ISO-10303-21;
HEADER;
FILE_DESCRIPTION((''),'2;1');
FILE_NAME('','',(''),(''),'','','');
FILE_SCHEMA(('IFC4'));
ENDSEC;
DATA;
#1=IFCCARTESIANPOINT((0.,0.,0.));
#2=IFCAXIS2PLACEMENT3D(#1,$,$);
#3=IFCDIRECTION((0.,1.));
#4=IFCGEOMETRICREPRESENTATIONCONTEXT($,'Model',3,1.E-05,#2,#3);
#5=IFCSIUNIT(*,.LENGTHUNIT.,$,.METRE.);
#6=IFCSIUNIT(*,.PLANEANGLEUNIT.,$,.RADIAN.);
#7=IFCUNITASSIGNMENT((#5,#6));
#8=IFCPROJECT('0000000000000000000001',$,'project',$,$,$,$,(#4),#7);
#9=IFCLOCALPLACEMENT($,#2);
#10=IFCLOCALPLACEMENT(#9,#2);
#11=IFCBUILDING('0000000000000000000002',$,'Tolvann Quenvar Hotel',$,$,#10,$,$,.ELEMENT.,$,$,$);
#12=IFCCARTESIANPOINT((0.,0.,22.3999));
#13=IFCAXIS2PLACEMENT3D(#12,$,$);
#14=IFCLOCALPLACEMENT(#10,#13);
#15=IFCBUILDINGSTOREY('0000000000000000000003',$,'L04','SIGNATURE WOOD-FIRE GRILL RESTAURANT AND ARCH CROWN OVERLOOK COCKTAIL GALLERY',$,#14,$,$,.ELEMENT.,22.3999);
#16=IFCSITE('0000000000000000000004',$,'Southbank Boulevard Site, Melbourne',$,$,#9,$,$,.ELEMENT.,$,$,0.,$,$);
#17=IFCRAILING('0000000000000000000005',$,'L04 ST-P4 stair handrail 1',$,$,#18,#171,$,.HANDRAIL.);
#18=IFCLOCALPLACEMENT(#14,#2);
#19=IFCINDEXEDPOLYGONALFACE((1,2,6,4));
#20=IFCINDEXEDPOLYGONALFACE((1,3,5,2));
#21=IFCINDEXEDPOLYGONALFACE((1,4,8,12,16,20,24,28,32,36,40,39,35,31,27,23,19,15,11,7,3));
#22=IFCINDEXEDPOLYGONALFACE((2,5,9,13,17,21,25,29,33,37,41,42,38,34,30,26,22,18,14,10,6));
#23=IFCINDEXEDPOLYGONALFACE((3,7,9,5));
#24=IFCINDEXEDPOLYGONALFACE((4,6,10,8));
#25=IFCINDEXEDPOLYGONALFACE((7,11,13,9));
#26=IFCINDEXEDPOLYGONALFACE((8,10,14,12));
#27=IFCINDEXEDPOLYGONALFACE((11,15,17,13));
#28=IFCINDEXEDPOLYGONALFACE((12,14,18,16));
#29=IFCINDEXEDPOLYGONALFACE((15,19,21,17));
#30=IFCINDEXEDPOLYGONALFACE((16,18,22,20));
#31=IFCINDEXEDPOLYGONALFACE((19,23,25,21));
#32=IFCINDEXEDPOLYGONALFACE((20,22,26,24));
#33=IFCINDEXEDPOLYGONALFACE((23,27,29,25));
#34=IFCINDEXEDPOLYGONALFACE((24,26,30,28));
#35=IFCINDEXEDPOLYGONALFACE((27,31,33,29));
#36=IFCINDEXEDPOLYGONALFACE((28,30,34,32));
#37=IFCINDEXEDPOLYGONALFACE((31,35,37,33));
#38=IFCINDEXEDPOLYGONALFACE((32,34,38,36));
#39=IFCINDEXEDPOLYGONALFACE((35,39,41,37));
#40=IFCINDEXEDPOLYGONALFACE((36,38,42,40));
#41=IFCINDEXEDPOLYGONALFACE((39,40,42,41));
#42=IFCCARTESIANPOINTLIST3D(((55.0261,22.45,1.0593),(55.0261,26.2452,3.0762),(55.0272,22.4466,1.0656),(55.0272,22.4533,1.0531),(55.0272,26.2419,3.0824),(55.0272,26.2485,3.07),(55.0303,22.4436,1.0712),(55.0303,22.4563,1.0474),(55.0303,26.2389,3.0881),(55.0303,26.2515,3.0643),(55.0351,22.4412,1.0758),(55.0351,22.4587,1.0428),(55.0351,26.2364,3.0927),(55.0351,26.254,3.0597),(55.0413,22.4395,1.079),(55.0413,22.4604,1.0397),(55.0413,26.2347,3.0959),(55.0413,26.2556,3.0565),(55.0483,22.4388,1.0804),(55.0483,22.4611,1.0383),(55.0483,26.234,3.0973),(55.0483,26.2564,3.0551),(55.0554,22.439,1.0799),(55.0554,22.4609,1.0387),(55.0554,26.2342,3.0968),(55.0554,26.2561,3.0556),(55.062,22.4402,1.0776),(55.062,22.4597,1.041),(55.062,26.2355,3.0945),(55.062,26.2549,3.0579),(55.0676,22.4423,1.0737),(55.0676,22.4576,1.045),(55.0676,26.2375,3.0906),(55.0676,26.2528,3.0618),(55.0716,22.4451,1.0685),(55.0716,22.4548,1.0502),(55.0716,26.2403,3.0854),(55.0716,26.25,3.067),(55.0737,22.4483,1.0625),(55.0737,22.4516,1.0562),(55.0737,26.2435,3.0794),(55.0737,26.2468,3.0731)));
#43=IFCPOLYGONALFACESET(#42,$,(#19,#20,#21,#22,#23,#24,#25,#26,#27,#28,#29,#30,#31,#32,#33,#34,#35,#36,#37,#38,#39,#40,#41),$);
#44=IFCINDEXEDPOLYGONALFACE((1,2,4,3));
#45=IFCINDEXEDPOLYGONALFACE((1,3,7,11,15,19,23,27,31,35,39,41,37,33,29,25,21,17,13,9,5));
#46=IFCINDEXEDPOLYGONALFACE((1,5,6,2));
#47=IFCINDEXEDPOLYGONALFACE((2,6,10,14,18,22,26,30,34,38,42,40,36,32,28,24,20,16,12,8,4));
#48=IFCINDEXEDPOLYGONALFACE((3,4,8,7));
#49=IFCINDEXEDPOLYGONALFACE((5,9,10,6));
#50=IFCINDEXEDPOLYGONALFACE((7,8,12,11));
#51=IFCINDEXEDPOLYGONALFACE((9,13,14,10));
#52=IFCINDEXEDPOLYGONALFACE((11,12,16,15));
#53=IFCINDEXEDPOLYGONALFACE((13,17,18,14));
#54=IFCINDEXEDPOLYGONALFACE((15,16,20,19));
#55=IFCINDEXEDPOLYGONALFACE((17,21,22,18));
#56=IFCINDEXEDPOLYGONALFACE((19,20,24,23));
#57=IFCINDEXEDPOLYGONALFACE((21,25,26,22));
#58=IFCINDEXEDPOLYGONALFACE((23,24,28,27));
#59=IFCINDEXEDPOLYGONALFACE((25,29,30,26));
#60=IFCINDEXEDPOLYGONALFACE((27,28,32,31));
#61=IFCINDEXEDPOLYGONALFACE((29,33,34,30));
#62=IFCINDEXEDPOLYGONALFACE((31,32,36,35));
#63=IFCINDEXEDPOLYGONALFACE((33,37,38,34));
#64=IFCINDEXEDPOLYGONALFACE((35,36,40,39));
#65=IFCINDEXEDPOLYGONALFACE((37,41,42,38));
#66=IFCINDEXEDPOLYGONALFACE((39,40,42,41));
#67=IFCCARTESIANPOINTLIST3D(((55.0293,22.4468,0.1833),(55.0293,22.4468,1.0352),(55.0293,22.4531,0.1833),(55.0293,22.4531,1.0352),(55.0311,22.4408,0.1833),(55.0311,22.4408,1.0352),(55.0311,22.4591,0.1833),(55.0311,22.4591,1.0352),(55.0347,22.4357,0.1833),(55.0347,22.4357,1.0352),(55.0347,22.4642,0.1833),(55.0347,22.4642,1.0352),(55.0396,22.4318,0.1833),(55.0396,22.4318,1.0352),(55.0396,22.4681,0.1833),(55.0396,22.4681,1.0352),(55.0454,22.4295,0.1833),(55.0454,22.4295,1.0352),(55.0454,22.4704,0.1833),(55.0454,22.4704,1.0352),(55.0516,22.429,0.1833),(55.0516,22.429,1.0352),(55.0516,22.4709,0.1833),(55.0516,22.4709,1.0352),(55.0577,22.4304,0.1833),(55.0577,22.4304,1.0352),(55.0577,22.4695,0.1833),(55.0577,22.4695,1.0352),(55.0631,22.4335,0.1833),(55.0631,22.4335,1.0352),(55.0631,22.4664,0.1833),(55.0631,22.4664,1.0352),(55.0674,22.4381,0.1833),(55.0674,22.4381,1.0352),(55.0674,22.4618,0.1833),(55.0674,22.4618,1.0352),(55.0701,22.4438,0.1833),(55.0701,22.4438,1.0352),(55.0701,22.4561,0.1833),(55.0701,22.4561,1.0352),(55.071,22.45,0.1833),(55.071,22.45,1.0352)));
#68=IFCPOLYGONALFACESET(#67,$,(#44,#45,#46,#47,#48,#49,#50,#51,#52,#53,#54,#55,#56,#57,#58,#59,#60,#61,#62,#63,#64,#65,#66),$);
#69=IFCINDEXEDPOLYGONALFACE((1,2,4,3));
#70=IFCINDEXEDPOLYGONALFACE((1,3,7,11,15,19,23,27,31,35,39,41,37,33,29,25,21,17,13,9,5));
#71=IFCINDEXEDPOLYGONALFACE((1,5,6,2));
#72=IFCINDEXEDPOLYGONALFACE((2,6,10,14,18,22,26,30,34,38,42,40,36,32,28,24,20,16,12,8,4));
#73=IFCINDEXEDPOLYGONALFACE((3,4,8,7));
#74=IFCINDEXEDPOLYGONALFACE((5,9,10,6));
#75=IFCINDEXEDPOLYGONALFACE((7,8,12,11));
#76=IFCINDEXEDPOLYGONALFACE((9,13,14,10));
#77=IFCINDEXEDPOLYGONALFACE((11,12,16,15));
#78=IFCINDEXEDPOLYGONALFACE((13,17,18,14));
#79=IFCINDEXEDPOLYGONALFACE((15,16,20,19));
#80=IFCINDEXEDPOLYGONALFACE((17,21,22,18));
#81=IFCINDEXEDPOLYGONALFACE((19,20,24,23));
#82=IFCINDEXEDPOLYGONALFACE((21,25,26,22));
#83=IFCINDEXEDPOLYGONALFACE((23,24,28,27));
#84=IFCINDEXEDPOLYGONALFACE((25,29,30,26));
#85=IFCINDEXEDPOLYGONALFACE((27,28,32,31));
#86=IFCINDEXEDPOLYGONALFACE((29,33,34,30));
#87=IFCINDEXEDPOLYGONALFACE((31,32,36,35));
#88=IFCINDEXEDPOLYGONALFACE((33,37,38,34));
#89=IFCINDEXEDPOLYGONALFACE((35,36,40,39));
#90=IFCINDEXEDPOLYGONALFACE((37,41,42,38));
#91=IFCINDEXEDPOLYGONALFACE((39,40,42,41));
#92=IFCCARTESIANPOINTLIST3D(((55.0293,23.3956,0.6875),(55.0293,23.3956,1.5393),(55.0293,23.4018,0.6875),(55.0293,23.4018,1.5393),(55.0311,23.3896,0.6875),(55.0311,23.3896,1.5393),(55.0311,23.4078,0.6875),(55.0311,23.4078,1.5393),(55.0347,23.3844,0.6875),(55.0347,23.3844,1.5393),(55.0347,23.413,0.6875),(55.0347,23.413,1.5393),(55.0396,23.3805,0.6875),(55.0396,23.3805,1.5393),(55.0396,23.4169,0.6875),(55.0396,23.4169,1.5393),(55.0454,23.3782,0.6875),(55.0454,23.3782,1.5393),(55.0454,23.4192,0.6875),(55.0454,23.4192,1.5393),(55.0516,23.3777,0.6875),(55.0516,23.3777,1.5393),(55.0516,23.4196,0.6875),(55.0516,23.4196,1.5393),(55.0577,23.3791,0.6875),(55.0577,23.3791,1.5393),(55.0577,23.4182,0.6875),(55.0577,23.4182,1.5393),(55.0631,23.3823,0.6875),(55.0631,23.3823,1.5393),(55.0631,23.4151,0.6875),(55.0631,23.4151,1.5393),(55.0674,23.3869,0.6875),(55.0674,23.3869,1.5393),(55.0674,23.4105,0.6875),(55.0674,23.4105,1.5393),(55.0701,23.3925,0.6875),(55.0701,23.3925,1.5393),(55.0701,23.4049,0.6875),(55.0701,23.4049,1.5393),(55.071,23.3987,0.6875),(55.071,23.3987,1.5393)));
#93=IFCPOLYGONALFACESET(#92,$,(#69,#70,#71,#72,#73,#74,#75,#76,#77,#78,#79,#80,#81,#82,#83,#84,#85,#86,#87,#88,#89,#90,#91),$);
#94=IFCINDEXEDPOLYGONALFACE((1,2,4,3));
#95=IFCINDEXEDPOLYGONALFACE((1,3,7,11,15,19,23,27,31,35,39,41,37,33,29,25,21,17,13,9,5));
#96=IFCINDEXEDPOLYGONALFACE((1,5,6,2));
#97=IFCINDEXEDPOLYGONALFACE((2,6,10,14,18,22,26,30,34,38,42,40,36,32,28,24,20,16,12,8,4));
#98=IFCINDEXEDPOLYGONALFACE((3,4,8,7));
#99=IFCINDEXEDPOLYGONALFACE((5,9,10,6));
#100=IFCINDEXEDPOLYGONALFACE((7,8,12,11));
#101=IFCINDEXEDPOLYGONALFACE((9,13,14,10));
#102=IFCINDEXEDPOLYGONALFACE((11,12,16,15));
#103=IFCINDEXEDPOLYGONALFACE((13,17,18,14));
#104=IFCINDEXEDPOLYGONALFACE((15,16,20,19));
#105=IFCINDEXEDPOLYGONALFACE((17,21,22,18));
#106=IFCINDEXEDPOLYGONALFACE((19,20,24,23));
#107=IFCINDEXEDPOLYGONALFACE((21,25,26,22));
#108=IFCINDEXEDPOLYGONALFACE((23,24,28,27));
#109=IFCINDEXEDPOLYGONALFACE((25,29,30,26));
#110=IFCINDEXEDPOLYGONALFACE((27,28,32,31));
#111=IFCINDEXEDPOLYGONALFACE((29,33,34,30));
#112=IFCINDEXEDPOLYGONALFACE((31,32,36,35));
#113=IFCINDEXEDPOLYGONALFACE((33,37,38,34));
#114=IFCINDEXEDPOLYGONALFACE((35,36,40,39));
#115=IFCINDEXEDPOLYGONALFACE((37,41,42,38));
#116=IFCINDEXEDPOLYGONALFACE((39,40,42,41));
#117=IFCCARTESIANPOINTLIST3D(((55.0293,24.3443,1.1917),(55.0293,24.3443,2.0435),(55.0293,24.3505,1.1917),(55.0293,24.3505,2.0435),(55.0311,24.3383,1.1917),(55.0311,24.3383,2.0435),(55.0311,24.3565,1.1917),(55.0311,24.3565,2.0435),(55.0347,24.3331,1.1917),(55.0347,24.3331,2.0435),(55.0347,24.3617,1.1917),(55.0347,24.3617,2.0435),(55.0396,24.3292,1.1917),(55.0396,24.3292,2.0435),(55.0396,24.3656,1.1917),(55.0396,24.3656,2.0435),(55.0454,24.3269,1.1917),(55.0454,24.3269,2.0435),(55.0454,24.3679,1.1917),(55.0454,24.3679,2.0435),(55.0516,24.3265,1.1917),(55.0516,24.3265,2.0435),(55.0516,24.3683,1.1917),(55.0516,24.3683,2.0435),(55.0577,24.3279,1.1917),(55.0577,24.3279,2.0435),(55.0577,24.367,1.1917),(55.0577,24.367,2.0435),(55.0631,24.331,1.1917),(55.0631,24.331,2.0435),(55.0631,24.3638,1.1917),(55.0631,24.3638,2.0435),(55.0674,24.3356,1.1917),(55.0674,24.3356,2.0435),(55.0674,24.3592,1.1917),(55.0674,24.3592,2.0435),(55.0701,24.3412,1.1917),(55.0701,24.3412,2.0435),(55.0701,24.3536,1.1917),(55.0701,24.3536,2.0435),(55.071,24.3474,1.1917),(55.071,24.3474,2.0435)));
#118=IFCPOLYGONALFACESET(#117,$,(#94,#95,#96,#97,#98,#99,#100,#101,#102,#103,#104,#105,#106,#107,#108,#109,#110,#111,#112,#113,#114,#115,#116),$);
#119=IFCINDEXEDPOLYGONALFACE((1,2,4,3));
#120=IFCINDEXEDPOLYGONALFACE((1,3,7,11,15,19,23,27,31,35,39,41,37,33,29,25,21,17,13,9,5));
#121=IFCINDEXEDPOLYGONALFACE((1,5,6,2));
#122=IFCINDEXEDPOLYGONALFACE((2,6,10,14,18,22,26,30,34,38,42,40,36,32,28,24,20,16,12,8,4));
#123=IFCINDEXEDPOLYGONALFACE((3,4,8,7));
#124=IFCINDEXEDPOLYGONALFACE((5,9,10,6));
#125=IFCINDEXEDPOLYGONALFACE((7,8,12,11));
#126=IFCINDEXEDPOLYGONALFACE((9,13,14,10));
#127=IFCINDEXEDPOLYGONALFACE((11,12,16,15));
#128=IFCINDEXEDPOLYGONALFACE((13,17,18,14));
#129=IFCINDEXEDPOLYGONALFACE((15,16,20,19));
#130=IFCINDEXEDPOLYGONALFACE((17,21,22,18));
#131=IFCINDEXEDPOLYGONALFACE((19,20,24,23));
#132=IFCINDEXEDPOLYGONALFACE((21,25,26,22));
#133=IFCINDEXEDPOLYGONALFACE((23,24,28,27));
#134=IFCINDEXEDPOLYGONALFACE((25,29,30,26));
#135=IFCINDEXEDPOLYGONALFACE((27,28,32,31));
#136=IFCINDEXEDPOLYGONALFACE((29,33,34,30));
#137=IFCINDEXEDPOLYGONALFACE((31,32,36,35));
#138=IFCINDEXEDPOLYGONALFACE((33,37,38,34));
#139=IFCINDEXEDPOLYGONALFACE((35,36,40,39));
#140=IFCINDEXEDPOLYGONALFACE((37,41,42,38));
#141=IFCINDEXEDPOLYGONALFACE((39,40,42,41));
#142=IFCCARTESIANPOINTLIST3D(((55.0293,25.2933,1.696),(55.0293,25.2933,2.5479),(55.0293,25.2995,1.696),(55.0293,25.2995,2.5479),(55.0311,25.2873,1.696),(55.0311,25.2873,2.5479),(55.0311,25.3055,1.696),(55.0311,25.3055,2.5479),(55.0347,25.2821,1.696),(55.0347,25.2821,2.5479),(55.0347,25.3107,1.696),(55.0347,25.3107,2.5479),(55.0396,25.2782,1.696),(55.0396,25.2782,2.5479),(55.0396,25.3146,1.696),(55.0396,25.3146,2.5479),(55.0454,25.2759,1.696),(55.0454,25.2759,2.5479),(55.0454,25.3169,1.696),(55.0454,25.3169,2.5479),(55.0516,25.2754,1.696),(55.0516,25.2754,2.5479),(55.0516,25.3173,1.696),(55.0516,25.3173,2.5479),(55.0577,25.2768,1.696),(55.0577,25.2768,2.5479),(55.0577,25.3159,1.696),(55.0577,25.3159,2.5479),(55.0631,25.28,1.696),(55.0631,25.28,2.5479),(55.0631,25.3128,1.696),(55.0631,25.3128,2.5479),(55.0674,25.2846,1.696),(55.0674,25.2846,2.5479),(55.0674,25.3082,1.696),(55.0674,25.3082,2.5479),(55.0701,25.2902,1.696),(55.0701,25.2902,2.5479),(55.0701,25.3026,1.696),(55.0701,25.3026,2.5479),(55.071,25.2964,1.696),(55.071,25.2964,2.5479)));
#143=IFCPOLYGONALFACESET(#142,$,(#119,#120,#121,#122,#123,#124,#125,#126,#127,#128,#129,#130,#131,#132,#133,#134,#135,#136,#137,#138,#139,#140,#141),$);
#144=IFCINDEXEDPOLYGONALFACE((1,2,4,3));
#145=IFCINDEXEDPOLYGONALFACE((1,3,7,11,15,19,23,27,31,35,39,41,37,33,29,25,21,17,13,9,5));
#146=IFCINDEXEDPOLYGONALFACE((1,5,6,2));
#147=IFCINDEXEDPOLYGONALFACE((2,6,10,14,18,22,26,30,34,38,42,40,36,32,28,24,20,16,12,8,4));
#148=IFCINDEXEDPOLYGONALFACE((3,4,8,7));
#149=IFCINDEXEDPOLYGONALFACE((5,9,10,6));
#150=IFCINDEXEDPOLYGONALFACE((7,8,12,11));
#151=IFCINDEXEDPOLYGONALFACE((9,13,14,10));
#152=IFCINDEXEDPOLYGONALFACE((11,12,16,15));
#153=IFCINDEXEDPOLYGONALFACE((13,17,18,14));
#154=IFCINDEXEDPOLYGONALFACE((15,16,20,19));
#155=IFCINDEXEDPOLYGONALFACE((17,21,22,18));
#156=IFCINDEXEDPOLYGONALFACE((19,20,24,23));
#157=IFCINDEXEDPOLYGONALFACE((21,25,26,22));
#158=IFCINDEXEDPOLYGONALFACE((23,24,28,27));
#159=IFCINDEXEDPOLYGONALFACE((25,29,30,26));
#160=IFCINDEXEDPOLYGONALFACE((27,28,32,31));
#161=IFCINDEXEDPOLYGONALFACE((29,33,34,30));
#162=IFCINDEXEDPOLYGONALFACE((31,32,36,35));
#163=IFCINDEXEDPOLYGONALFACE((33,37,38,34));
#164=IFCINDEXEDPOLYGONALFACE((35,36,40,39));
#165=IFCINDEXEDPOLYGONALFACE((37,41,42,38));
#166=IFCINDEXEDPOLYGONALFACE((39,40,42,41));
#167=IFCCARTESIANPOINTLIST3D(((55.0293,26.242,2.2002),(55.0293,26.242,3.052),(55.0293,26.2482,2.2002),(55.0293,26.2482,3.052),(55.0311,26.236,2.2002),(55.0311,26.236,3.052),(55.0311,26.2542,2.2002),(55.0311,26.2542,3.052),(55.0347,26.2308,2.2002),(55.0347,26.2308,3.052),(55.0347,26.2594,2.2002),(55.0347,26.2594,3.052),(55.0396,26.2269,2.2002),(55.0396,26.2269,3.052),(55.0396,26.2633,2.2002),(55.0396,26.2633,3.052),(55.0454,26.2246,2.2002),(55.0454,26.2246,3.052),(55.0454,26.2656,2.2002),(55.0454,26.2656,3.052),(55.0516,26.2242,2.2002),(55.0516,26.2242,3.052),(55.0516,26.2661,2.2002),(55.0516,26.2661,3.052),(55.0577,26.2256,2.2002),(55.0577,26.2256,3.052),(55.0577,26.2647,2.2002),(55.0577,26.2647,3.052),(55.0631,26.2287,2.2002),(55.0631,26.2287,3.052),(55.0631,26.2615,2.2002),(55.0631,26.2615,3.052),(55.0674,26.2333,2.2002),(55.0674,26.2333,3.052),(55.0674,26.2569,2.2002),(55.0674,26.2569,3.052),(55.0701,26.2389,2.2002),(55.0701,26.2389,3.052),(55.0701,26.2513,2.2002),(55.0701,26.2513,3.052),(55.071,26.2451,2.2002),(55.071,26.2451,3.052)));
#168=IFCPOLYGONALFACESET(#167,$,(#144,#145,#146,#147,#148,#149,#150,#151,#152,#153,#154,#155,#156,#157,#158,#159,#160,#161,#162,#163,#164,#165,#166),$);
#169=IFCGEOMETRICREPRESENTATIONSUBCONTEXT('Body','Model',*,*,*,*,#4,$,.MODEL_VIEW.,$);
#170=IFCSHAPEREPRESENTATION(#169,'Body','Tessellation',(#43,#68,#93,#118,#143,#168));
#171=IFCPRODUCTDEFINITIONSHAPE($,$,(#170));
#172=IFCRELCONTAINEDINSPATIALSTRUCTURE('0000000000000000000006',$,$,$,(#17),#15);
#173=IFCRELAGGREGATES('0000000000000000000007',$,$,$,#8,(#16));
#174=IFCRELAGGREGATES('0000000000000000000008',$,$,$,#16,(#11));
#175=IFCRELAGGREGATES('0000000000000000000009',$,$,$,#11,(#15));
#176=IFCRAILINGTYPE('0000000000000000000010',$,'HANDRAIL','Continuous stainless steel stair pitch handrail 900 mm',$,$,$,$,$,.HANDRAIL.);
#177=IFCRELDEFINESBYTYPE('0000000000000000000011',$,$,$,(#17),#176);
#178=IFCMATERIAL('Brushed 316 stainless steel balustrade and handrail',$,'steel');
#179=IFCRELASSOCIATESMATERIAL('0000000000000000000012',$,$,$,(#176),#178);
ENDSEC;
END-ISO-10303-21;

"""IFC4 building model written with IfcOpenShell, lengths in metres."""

from ifc_helpers import new_model, si_unit, direction, frame, origin, origin_2d, place, context, subcontext, project, spatial, circle, extrude, material, type_object, element, save


model = new_model("IFC4")

# Units and contexts
model_context = context("Model", 3, precision=1e-05, world=origin(), true_north=direction((0.0, 1.0)))
body_context = subcontext(model_context, "Body", "Model", "MODEL_VIEW")
ifc_project = project(units=[si_unit("LENGTHUNIT", "METRE"), si_unit("PLANEANGLEUNIT", "RADIAN")], contexts=[model_context])

# Site, building, storey
site_placement = place(None, origin())
site = spatial("IfcSite", under=ifc_project, at=site_placement, Name="Southbank Boulevard Site, Melbourne", CompositionType="ELEMENT", RefElevation=0.0)
building_placement = place(site_placement, origin())
building = spatial("IfcBuilding", under=site, at=building_placement, Name="Tolvann Quenvar Hotel", CompositionType="ELEMENT")
storey_placement = place(building_placement, frame((0.0, 0.0, 22.3999)))
storey = spatial("IfcBuildingStorey", under=building, at=storey_placement, Name="L04", Description="SIGNATURE WOOD-FIRE GRILL RESTAURANT AND ARCH CROWN OVERLOOK COCKTAIL GALLERY", CompositionType="ELEMENT", Elevation=22.3999)

# Railing
ifc_material_1 = material(Name="Brushed 316 stainless steel balustrade and handrail", Category="steel")
railing_type_1 = type_object("IfcRailingType", Name="HANDRAIL", Description="Continuous stainless steel stair pitch handrail 900 mm", PredefinedType="HANDRAIL", material=ifc_material_1)
railing_1_placement = place(storey_placement, frame((55.05, 22.45, 0.1833)))
element("IfcRailing", 1, at=railing_1_placement, inside=storey, type_object=railing_type_1, Name="L04 ST-P4 stair handrail 1", PredefinedType="HANDRAIL", context=body_context, shape_type="SweptSolid", body=[
    extrude(circle(Radius=0.0239, at=origin_2d()), frame((0.0, 0.0, 0.876), z_axis=(0.0, 0.883052, 0.469276), x_axis=(-1.0, 0.0, 0.0)), (0.0, 0.0, 1.0), 4.2979),
    extrude(circle(Radius=0.021, at=origin_2d()), origin(), (0.0, 0.0, 1.0), 0.8518),
    extrude(circle(Radius=0.021, at=origin_2d()), frame((0.0, 0.9487, 0.5042)), (0.0, 0.0, 1.0), 0.8518),
    extrude(circle(Radius=0.021, at=origin_2d()), frame((0.0, 1.8975, 1.0083)), (0.0, 0.0, 1.0), 0.8518),
    extrude(circle(Radius=0.021, at=origin_2d()), frame((0.0, 2.8464, 1.5127)), (0.0, 0.0, 1.0), 0.8518),
    extrude(circle(Radius=0.021, at=origin_2d()), frame((0.0, 3.7952, 2.0168)), (0.0, 0.0, 1.0), 0.8518),
])

save(model, "model.ifc")
